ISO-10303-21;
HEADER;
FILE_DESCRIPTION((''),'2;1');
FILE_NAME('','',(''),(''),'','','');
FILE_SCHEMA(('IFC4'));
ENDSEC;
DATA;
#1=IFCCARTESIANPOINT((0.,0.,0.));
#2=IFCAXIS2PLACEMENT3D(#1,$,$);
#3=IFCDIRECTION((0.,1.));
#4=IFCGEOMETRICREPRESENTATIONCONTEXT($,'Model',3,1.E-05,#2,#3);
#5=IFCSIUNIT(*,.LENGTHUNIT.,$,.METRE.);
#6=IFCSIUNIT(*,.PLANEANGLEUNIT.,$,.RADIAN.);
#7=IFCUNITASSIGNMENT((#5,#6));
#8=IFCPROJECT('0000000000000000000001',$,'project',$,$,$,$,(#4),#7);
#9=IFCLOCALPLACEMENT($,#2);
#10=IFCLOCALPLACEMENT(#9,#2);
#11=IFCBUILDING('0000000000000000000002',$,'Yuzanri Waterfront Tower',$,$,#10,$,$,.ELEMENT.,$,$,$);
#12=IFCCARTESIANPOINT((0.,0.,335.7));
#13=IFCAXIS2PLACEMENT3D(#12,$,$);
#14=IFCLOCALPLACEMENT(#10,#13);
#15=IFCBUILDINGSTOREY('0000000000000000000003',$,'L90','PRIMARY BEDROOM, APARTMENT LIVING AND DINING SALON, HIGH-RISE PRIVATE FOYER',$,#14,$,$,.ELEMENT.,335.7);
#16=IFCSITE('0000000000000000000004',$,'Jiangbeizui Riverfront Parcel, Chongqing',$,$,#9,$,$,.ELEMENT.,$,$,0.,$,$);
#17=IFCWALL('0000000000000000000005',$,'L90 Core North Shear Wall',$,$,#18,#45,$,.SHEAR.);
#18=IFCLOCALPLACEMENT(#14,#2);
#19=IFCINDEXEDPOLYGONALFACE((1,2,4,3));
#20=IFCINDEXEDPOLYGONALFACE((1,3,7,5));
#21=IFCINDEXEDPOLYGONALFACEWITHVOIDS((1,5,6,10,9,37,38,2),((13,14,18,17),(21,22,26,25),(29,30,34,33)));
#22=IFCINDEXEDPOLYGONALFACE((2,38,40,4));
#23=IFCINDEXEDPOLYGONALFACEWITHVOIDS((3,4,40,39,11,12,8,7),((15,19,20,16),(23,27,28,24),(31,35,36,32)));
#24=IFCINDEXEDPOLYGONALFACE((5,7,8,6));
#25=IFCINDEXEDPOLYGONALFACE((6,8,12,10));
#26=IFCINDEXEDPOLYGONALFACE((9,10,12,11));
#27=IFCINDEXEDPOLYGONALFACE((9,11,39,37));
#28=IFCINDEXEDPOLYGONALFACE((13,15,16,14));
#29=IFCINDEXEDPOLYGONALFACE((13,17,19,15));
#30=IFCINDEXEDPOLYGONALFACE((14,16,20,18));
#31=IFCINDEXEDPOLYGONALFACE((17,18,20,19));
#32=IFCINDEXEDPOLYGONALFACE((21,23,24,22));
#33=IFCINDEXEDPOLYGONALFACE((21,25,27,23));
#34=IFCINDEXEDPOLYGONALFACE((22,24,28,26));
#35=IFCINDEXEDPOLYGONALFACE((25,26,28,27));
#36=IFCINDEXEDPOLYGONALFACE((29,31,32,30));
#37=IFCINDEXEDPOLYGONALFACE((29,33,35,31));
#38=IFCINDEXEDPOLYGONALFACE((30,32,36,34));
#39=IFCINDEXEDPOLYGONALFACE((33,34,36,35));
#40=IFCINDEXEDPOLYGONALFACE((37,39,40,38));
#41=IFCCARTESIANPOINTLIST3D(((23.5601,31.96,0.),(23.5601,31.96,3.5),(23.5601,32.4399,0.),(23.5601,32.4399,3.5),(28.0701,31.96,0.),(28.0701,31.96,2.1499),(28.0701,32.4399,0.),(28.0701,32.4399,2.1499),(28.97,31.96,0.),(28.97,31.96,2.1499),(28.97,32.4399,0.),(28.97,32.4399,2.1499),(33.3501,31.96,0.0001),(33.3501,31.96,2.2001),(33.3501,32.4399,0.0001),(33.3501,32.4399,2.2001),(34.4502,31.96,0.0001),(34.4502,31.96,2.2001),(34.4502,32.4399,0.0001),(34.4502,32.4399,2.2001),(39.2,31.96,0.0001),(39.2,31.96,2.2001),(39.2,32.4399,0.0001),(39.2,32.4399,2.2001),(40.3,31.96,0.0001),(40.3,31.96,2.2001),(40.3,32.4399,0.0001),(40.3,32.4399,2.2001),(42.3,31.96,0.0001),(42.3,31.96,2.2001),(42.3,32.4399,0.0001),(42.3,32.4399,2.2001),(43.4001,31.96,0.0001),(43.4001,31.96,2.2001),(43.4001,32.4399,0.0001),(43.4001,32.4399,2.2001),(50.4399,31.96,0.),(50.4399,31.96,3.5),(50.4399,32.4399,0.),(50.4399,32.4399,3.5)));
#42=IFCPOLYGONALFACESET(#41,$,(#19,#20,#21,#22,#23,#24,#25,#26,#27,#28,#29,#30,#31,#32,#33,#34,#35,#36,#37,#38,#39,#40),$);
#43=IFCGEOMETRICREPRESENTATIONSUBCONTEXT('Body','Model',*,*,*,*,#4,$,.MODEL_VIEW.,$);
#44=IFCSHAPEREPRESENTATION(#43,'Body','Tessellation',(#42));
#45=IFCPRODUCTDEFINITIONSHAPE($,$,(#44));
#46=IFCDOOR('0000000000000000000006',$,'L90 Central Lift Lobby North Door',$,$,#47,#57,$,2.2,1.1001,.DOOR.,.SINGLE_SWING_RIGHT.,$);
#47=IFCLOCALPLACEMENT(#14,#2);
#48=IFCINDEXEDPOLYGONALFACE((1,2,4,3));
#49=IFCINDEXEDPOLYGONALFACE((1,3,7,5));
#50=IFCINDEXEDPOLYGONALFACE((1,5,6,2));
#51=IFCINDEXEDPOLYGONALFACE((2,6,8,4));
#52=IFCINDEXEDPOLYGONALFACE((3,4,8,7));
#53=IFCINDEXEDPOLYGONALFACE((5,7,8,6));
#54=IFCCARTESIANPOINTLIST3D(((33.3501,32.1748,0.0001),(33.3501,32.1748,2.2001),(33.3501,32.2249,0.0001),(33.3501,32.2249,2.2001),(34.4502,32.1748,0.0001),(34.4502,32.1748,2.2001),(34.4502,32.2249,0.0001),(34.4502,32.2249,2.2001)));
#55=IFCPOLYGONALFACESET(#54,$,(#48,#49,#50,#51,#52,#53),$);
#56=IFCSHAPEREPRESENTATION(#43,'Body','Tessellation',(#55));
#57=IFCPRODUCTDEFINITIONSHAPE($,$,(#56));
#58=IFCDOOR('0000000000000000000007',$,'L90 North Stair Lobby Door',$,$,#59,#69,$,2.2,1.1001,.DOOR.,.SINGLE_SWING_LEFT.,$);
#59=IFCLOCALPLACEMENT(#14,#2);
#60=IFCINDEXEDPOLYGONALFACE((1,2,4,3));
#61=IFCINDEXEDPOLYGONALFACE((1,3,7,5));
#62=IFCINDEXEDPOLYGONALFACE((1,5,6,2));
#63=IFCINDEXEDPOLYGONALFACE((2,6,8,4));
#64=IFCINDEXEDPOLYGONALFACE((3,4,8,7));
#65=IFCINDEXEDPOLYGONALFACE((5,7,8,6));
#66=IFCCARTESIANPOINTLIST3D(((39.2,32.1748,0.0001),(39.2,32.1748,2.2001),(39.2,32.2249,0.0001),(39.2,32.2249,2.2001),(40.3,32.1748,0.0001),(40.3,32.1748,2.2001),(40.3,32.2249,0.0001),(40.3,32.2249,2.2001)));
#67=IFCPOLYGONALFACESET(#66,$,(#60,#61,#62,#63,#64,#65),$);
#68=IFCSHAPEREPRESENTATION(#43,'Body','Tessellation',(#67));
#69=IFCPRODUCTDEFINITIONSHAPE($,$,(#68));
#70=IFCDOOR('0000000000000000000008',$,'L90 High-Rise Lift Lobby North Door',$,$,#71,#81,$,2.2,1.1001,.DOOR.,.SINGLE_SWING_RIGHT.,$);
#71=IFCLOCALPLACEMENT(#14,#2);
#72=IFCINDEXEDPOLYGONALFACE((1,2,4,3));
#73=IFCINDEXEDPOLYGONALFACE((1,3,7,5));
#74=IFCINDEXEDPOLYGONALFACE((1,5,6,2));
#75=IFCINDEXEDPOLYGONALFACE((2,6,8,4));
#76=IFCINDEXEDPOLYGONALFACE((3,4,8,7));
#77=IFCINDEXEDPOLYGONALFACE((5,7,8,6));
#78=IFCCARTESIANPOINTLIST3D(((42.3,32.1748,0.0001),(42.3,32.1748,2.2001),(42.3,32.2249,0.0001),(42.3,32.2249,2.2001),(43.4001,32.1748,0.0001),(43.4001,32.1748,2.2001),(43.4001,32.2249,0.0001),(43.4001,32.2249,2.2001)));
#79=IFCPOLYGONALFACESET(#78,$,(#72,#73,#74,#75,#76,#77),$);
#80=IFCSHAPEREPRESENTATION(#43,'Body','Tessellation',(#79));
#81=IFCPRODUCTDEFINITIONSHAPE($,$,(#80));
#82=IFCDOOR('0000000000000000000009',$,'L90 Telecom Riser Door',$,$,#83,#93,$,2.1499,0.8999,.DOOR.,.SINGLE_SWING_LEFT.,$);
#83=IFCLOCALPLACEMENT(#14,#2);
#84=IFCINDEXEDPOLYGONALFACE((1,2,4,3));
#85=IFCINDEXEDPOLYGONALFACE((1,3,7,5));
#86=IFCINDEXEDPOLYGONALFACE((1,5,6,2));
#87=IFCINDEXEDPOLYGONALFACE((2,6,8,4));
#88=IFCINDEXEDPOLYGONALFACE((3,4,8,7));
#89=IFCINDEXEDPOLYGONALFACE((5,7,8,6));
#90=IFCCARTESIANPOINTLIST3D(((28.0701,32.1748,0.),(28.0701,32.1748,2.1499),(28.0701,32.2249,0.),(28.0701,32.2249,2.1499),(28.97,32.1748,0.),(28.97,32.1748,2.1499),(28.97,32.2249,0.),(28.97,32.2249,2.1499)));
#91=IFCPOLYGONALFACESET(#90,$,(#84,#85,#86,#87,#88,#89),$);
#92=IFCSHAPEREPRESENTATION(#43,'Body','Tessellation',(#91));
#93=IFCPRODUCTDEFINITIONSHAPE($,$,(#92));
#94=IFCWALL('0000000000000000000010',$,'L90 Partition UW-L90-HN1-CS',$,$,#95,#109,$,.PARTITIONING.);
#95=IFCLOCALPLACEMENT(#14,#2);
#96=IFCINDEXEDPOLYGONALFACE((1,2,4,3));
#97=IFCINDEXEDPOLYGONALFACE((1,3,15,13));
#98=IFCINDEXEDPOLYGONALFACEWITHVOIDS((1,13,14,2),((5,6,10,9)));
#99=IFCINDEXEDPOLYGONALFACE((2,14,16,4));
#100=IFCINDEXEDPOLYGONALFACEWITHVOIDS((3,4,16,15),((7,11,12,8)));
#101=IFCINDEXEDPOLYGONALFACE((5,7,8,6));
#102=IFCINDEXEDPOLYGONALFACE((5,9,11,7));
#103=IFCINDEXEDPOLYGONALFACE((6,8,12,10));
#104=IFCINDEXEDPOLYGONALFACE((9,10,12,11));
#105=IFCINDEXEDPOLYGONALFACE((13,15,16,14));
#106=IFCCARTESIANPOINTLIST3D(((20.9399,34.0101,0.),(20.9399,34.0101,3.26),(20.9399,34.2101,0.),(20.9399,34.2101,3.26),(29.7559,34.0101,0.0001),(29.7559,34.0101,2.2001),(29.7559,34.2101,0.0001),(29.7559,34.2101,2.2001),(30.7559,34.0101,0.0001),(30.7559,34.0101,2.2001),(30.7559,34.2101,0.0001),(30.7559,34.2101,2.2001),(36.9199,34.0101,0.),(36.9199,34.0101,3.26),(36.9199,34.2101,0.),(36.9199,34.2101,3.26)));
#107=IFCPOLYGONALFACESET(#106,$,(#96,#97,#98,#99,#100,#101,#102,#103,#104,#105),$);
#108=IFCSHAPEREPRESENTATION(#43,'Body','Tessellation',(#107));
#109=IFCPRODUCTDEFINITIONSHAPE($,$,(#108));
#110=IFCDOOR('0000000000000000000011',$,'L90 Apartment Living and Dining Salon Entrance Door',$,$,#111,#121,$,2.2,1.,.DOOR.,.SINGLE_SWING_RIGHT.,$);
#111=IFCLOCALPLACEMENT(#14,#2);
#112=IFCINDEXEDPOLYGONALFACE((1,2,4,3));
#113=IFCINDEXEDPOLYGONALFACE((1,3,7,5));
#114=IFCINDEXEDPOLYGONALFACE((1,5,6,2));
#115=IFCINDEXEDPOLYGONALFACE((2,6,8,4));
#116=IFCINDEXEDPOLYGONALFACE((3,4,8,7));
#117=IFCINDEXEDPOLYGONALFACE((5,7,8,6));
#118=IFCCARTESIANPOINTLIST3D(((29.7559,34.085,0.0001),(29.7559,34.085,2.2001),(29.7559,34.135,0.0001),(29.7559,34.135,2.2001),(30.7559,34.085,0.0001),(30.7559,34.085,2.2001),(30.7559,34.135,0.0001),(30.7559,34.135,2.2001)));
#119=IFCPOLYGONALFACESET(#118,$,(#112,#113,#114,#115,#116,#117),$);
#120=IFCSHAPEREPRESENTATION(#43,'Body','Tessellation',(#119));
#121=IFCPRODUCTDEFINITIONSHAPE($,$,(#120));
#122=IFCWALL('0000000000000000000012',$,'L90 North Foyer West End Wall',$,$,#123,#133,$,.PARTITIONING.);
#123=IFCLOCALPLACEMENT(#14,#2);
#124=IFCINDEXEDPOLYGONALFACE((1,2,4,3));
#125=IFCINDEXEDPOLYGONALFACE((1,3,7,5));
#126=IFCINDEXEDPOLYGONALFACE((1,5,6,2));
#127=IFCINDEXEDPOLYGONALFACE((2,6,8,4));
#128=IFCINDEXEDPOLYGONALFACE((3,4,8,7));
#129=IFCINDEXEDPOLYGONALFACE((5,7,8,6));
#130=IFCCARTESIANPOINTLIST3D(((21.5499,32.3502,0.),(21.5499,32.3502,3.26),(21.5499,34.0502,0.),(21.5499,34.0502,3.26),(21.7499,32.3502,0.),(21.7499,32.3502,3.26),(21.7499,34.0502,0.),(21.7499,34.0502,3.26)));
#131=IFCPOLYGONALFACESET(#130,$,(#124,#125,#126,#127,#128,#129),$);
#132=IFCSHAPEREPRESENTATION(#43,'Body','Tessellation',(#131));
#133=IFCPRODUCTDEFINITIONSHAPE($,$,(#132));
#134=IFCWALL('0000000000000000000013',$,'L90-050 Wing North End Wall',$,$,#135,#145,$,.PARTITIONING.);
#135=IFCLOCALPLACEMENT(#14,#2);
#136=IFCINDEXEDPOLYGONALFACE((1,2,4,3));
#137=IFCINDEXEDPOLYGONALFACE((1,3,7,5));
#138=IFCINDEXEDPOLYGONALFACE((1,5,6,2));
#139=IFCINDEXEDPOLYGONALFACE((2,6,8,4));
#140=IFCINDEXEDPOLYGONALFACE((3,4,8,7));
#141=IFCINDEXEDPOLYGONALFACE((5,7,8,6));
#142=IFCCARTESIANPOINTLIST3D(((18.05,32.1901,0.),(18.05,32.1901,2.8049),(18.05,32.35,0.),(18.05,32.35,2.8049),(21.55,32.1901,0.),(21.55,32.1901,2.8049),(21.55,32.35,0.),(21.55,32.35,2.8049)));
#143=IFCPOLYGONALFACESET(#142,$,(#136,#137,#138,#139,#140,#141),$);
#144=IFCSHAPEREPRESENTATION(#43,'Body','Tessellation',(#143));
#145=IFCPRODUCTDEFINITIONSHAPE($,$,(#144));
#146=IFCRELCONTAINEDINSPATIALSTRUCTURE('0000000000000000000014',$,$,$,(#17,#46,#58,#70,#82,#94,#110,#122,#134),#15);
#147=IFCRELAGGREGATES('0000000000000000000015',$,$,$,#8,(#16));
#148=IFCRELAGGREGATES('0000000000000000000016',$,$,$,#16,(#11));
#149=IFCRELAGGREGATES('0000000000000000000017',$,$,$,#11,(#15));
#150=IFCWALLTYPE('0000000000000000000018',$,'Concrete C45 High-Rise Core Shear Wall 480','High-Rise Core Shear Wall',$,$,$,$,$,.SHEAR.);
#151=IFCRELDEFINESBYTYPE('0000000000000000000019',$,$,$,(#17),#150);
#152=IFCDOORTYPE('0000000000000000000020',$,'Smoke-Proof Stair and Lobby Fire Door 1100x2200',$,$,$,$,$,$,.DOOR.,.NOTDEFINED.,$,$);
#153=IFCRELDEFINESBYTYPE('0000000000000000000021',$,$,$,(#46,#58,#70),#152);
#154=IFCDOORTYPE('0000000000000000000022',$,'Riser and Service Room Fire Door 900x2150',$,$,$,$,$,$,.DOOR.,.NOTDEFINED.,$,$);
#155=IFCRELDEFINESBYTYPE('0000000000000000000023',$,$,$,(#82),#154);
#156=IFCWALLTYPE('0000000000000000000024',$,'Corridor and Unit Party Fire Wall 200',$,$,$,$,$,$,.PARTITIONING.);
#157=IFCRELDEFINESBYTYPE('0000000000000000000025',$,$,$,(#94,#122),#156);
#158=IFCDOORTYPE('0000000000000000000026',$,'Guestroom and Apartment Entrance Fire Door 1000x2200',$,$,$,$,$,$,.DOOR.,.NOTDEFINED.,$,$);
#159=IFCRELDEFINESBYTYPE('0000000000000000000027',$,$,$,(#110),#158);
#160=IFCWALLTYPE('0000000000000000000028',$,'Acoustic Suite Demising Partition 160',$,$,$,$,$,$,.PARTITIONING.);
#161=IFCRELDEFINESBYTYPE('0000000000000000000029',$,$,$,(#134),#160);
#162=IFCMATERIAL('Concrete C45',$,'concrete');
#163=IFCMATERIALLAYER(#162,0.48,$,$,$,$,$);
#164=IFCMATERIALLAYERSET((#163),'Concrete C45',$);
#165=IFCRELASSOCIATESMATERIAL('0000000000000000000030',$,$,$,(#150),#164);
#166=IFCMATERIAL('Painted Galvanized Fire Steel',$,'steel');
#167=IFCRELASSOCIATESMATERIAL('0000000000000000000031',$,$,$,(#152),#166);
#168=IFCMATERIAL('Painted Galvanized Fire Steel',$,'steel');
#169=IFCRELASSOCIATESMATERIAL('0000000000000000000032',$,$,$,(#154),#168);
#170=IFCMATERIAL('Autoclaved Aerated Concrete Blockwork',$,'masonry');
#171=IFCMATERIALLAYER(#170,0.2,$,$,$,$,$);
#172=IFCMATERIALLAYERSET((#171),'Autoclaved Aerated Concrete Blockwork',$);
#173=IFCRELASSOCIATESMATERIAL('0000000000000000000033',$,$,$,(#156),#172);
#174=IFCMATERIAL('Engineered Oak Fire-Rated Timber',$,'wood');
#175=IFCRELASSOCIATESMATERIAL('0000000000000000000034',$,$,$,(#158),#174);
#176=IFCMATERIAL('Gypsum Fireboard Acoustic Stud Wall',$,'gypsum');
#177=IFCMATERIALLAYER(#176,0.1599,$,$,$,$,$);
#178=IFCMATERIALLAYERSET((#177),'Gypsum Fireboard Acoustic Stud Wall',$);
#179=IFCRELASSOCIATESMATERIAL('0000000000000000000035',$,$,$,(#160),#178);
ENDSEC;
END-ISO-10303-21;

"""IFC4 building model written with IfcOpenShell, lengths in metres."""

from ifc_helpers import new_model, si_unit, direction, frame, frame_2d, origin, place, context, subcontext, project, spatial, rectangle, extrude, source, transform, mapped, material, layer, layer_set, type_object, element, fill, save


model = new_model("IFC4")

# Units and contexts
model_context = context("Model", 3, precision=1e-05, world=origin(), true_north=direction((0.0, 1.0)))
body_context = subcontext(model_context, "Body", "Model", "MODEL_VIEW")
ifc_project = project(units=[si_unit("LENGTHUNIT", "METRE"), si_unit("PLANEANGLEUNIT", "RADIAN")], contexts=[model_context])

# Site, building, storey
site_placement = place(None, origin())
site = spatial("IfcSite", under=ifc_project, at=site_placement, Name="Jiangbeizui Riverfront Parcel, Chongqing", CompositionType="ELEMENT", RefElevation=0.0)
building_placement = place(site_placement, origin())
building = spatial("IfcBuilding", under=site, at=building_placement, Name="Yuzanri Waterfront Tower", CompositionType="ELEMENT")
storey_placement = place(building_placement, frame((0.0, 0.0, 335.7)))
storey = spatial("IfcBuildingStorey", under=building, at=storey_placement, Name="L90", Description="PRIMARY BEDROOM, APARTMENT LIVING AND DINING SALON, HIGH-RISE PRIVATE FOYER", CompositionType="ELEMENT", Elevation=335.7)

# Wall, openings, doors
ifc_material_1 = material(Name="Concrete C45", Category="concrete")
ifc_layer_1 = layer(ifc_material_1, 0.48)
ifc_layer_set_1 = layer_set([ifc_layer_1], Name="Concrete C45")
wall_type_1 = type_object("IfcWallType", Name="Concrete C45 High-Rise Core Shear Wall 480", Description="High-Rise Core Shear Wall", PredefinedType="SHEAR", material=ifc_layer_set_1)
wall_1_placement = place(storey_placement, frame((23.5601, 32.2, 0.0), z_axis=(0.0, 0.0, 1.0), x_axis=(1.0, 0.0, 0.0)))
wall_1 = element("IfcWall", 1, at=wall_1_placement, inside=storey, type_object=wall_type_1, Name="L90 Core North Shear Wall", PredefinedType="SHEAR", context=body_context, shape_type="SweptSolid", body=[
    extrude(rectangle(XDim=26.8799, YDim=0.48, at=frame_2d((13.4399, 0.0))), origin(), (0.0, 0.0, 1.0), 3.5),
])
opening_1_placement = place(wall_1_placement, frame((4.51, 0.0, 0.0)))
opening_1 = element("IfcOpeningElement", 2, at=opening_1_placement, cuts=wall_1, PredefinedType="OPENING", context=body_context, shape_type="SweptSolid", body=[
    extrude(rectangle(XDim=0.8999, YDim=2.1499, at=frame_2d((0.45, 1.075))), frame((0.0, 0.2549, 0.0), z_axis=(0.0, -1.0, 0.0), x_axis=(1.0, 0.0, 0.0)), (0.0, 0.0, 1.0), 0.5098),
])
opening_2_placement = place(wall_1_placement, frame((9.79, 0.0, 0.0)))
opening_2 = element("IfcOpeningElement", 3, at=opening_2_placement, cuts=wall_1, PredefinedType="OPENING", context=body_context, shape_type="SweptSolid", body=[
    extrude(rectangle(XDim=1.1001, YDim=2.2, at=frame_2d((0.55, 1.1001))), frame((0.0, 0.2549, 0.0), z_axis=(0.0, -1.0, 0.0), x_axis=(1.0, 0.0, 0.0)), (0.0, 0.0, 1.0), 0.5098),
])
opening_3_placement = place(wall_1_placement, frame((15.6399, 0.0, 0.0)))
opening_3 = element("IfcOpeningElement", 4, at=opening_3_placement, cuts=wall_1, PredefinedType="OPENING", context=body_context, shape_type="SweptSolid", body=[
    extrude(rectangle(XDim=1.1001, YDim=2.2, at=frame_2d((0.55, 1.1001))), frame((0.0, 0.2549, 0.0), z_axis=(0.0, -1.0, 0.0), x_axis=(1.0, 0.0, 0.0)), (0.0, 0.0, 1.0), 0.5098),
])
opening_4_placement = place(wall_1_placement, frame((18.74, 0.0, 0.0)))
opening_4 = element("IfcOpeningElement", 5, at=opening_4_placement, cuts=wall_1, PredefinedType="OPENING", context=body_context, shape_type="SweptSolid", body=[
    extrude(rectangle(XDim=1.1001, YDim=2.2, at=frame_2d((0.55, 1.1001))), frame((0.0, 0.2549, 0.0), z_axis=(0.0, -1.0, 0.0), x_axis=(1.0, 0.0, 0.0)), (0.0, 0.0, 1.0), 0.5098),
])
ifc_material_2 = material(Name="Painted Galvanized Fire Steel", Category="steel")
door_type_1 = type_object("IfcDoorType", Name="Smoke-Proof Stair and Lobby Fire Door 1100x2200", OperationType="NOTDEFINED", PredefinedType="DOOR", material=ifc_material_2)
shared_shape_1 = source(origin(), body_context, "Body", "SweptSolid", [
    extrude(rectangle(XDim=1.1001, YDim=2.2, at=frame_2d((0.55, 1.1001))), frame((0.0, 0.0249, 0.0), z_axis=(0.0, -1.0, 0.0), x_axis=(1.0, 0.0, 0.0)), (0.0, 0.0, 1.0), 0.05),
])
door_1_placement = place(opening_2_placement, origin())
door_1 = element("IfcDoor", 6, at=door_1_placement, inside=storey, type_object=door_type_1, Name="L90 Central Lift Lobby North Door", OperationType="SINGLE_SWING_RIGHT", OverallHeight=2.2, OverallWidth=1.1001, PredefinedType="DOOR", context=body_context, shape_type="MappedRepresentation", body=[
    mapped(shared_shape_1, transform((0.0, 0.0, 0.0), scale=1.0)),
])
fill(opening_2, door_1)
door_2_placement = place(opening_3_placement, origin())
door_2 = element("IfcDoor", 7, at=door_2_placement, inside=storey, type_object=door_type_1, Name="L90 North Stair Lobby Door", OperationType="SINGLE_SWING_LEFT", OverallHeight=2.2, OverallWidth=1.1001, PredefinedType="DOOR", context=body_context, shape_type="MappedRepresentation", body=[
    mapped(shared_shape_1, transform((0.0, 0.0, 0.0), scale=1.0)),
])
fill(opening_3, door_2)
door_3_placement = place(opening_4_placement, origin())
door_3 = element("IfcDoor", 8, at=door_3_placement, inside=storey, type_object=door_type_1, Name="L90 High-Rise Lift Lobby North Door", OperationType="SINGLE_SWING_RIGHT", OverallHeight=2.2, OverallWidth=1.1001, PredefinedType="DOOR", context=body_context, shape_type="MappedRepresentation", body=[
    mapped(shared_shape_1, transform((0.0, 0.0, 0.0), scale=1.0)),
])
fill(opening_4, door_3)
ifc_material_3 = material(Name="Painted Galvanized Fire Steel", Category="steel")
door_type_2 = type_object("IfcDoorType", Name="Riser and Service Room Fire Door 900x2150", OperationType="NOTDEFINED", PredefinedType="DOOR", material=ifc_material_3)
shared_shape_2 = source(origin(), body_context, "Body", "SweptSolid", [
    extrude(rectangle(XDim=0.8999, YDim=2.1499, at=frame_2d((0.45, 1.075))), frame((0.0, 0.0249, 0.0), z_axis=(0.0, -1.0, 0.0), x_axis=(1.0, 0.0, 0.0)), (0.0, 0.0, 1.0), 0.05),
])
door_4_placement = place(opening_1_placement, origin())
door_4 = element("IfcDoor", 9, at=door_4_placement, inside=storey, type_object=door_type_2, Name="L90 Telecom Riser Door", OperationType="SINGLE_SWING_LEFT", OverallHeight=2.1499, OverallWidth=0.8999, PredefinedType="DOOR", context=body_context, shape_type="MappedRepresentation", body=[
    mapped(shared_shape_2, transform((0.0, 0.0, 0.0), scale=1.0)),
])
fill(opening_1, door_4)

# Wall, opening, door
ifc_material_4 = material(Name="Autoclaved Aerated Concrete Blockwork", Category="masonry")
ifc_layer_2 = layer(ifc_material_4, 0.2)
ifc_layer_set_2 = layer_set([ifc_layer_2], Name="Autoclaved Aerated Concrete Blockwork")
wall_type_2 = type_object("IfcWallType", Name="Corridor and Unit Party Fire Wall 200", PredefinedType="PARTITIONING", material=ifc_layer_set_2)
wall_2_placement = place(storey_placement, frame((20.9399, 34.1101, 0.0), z_axis=(0.0, 0.0, 1.0), x_axis=(1.0, 0.0, 0.0)))
wall_2 = element("IfcWall", 10, at=wall_2_placement, inside=storey, type_object=wall_type_2, Name="L90 Partition UW-L90-HN1-CS", PredefinedType="PARTITIONING", context=body_context, shape_type="SweptSolid", body=[
    extrude(rectangle(XDim=15.98, YDim=0.2, at=frame_2d((7.99, 0.0))), origin(), (0.0, 0.0, 1.0), 3.26),
])
opening_5_placement = place(wall_2_placement, frame((8.8159, 0.0, 0.0)))
opening_5 = element("IfcOpeningElement", 11, at=opening_5_placement, cuts=wall_2, PredefinedType="OPENING", context=body_context, shape_type="SweptSolid", body=[
    extrude(rectangle(XDim=1.0, YDim=2.2, at=frame_2d((0.5, 1.1001))), frame((0.0, 0.1147, 0.0), z_axis=(0.0, -1.0, 0.0), x_axis=(1.0, 0.0, 0.0)), (0.0, 0.0, 1.0), 0.2297),
])
ifc_material_5 = material(Name="Engineered Oak Fire-Rated Timber", Category="wood")
door_type_3 = type_object("IfcDoorType", Name="Guestroom and Apartment Entrance Fire Door 1000x2200", OperationType="NOTDEFINED", PredefinedType="DOOR", material=ifc_material_5)
shared_shape_3 = source(origin(), body_context, "Body", "SweptSolid", [
    extrude(rectangle(XDim=1.0, YDim=2.2, at=frame_2d((0.5, 1.1001))), frame((0.0, 0.0249, 0.0), z_axis=(0.0, -1.0, 0.0), x_axis=(1.0, 0.0, 0.0)), (0.0, 0.0, 1.0), 0.05),
])
door_5_placement = place(opening_5_placement, origin())
door_5 = element("IfcDoor", 12, at=door_5_placement, inside=storey, type_object=door_type_3, Name="L90 Apartment Living and Dining Salon Entrance Door", OperationType="SINGLE_SWING_RIGHT", OverallHeight=2.2, OverallWidth=1.0, PredefinedType="DOOR", context=body_context, shape_type="MappedRepresentation", body=[
    mapped(shared_shape_3, transform((0.0, 0.0, 0.0), scale=1.0)),
])
fill(opening_5, door_5)

# Walls
shared_shape_4 = source(origin(), body_context, "Body", "SweptSolid", [
    extrude(rectangle(XDim=1.7, YDim=0.2, at=frame_2d((0.8501, 0.0))), origin(), (0.0, 0.0, 1.0), 3.26),
])
wall_3_placement = place(storey_placement, frame((21.6499, 32.3501, 0.0), z_axis=(0.0, 0.0, 1.0), x_axis=(0.0, 1.0, 0.0)))
element("IfcWall", 13, at=wall_3_placement, inside=storey, type_object=wall_type_2, Name="L90 North Foyer West End Wall", PredefinedType="PARTITIONING", context=body_context, shape_type="MappedRepresentation", body=[
    mapped(shared_shape_4, transform((0.0, 0.0, 0.0), scale=1.0)),
])
ifc_material_6 = material(Name="Gypsum Fireboard Acoustic Stud Wall", Category="gypsum")
ifc_layer_3 = layer(ifc_material_6, 0.1599)
ifc_layer_set_3 = layer_set([ifc_layer_3], Name="Gypsum Fireboard Acoustic Stud Wall")
wall_type_3 = type_object("IfcWallType", Name="Acoustic Suite Demising Partition 160", PredefinedType="PARTITIONING", material=ifc_layer_set_3)
shared_shape_5 = source(origin(), body_context, "Body", "SweptSolid", [
    extrude(rectangle(XDim=3.5, YDim=0.1599, at=frame_2d((1.75, 0.0))), origin(), (0.0, 0.0, 1.0), 2.8049),
])
wall_4_placement = place(storey_placement, frame((18.05, 32.27, 0.0), z_axis=(0.0, 0.0, 1.0), x_axis=(1.0, 0.0, 0.0)))
element("IfcWall", 14, at=wall_4_placement, inside=storey, type_object=wall_type_3, Name="L90-050 Wing North End Wall", PredefinedType="PARTITIONING", context=body_context, shape_type="MappedRepresentation", body=[
    mapped(shared_shape_5, transform((0.0, 0.0, 0.0), scale=1.0)),
])

save(model, "model.ifc")
